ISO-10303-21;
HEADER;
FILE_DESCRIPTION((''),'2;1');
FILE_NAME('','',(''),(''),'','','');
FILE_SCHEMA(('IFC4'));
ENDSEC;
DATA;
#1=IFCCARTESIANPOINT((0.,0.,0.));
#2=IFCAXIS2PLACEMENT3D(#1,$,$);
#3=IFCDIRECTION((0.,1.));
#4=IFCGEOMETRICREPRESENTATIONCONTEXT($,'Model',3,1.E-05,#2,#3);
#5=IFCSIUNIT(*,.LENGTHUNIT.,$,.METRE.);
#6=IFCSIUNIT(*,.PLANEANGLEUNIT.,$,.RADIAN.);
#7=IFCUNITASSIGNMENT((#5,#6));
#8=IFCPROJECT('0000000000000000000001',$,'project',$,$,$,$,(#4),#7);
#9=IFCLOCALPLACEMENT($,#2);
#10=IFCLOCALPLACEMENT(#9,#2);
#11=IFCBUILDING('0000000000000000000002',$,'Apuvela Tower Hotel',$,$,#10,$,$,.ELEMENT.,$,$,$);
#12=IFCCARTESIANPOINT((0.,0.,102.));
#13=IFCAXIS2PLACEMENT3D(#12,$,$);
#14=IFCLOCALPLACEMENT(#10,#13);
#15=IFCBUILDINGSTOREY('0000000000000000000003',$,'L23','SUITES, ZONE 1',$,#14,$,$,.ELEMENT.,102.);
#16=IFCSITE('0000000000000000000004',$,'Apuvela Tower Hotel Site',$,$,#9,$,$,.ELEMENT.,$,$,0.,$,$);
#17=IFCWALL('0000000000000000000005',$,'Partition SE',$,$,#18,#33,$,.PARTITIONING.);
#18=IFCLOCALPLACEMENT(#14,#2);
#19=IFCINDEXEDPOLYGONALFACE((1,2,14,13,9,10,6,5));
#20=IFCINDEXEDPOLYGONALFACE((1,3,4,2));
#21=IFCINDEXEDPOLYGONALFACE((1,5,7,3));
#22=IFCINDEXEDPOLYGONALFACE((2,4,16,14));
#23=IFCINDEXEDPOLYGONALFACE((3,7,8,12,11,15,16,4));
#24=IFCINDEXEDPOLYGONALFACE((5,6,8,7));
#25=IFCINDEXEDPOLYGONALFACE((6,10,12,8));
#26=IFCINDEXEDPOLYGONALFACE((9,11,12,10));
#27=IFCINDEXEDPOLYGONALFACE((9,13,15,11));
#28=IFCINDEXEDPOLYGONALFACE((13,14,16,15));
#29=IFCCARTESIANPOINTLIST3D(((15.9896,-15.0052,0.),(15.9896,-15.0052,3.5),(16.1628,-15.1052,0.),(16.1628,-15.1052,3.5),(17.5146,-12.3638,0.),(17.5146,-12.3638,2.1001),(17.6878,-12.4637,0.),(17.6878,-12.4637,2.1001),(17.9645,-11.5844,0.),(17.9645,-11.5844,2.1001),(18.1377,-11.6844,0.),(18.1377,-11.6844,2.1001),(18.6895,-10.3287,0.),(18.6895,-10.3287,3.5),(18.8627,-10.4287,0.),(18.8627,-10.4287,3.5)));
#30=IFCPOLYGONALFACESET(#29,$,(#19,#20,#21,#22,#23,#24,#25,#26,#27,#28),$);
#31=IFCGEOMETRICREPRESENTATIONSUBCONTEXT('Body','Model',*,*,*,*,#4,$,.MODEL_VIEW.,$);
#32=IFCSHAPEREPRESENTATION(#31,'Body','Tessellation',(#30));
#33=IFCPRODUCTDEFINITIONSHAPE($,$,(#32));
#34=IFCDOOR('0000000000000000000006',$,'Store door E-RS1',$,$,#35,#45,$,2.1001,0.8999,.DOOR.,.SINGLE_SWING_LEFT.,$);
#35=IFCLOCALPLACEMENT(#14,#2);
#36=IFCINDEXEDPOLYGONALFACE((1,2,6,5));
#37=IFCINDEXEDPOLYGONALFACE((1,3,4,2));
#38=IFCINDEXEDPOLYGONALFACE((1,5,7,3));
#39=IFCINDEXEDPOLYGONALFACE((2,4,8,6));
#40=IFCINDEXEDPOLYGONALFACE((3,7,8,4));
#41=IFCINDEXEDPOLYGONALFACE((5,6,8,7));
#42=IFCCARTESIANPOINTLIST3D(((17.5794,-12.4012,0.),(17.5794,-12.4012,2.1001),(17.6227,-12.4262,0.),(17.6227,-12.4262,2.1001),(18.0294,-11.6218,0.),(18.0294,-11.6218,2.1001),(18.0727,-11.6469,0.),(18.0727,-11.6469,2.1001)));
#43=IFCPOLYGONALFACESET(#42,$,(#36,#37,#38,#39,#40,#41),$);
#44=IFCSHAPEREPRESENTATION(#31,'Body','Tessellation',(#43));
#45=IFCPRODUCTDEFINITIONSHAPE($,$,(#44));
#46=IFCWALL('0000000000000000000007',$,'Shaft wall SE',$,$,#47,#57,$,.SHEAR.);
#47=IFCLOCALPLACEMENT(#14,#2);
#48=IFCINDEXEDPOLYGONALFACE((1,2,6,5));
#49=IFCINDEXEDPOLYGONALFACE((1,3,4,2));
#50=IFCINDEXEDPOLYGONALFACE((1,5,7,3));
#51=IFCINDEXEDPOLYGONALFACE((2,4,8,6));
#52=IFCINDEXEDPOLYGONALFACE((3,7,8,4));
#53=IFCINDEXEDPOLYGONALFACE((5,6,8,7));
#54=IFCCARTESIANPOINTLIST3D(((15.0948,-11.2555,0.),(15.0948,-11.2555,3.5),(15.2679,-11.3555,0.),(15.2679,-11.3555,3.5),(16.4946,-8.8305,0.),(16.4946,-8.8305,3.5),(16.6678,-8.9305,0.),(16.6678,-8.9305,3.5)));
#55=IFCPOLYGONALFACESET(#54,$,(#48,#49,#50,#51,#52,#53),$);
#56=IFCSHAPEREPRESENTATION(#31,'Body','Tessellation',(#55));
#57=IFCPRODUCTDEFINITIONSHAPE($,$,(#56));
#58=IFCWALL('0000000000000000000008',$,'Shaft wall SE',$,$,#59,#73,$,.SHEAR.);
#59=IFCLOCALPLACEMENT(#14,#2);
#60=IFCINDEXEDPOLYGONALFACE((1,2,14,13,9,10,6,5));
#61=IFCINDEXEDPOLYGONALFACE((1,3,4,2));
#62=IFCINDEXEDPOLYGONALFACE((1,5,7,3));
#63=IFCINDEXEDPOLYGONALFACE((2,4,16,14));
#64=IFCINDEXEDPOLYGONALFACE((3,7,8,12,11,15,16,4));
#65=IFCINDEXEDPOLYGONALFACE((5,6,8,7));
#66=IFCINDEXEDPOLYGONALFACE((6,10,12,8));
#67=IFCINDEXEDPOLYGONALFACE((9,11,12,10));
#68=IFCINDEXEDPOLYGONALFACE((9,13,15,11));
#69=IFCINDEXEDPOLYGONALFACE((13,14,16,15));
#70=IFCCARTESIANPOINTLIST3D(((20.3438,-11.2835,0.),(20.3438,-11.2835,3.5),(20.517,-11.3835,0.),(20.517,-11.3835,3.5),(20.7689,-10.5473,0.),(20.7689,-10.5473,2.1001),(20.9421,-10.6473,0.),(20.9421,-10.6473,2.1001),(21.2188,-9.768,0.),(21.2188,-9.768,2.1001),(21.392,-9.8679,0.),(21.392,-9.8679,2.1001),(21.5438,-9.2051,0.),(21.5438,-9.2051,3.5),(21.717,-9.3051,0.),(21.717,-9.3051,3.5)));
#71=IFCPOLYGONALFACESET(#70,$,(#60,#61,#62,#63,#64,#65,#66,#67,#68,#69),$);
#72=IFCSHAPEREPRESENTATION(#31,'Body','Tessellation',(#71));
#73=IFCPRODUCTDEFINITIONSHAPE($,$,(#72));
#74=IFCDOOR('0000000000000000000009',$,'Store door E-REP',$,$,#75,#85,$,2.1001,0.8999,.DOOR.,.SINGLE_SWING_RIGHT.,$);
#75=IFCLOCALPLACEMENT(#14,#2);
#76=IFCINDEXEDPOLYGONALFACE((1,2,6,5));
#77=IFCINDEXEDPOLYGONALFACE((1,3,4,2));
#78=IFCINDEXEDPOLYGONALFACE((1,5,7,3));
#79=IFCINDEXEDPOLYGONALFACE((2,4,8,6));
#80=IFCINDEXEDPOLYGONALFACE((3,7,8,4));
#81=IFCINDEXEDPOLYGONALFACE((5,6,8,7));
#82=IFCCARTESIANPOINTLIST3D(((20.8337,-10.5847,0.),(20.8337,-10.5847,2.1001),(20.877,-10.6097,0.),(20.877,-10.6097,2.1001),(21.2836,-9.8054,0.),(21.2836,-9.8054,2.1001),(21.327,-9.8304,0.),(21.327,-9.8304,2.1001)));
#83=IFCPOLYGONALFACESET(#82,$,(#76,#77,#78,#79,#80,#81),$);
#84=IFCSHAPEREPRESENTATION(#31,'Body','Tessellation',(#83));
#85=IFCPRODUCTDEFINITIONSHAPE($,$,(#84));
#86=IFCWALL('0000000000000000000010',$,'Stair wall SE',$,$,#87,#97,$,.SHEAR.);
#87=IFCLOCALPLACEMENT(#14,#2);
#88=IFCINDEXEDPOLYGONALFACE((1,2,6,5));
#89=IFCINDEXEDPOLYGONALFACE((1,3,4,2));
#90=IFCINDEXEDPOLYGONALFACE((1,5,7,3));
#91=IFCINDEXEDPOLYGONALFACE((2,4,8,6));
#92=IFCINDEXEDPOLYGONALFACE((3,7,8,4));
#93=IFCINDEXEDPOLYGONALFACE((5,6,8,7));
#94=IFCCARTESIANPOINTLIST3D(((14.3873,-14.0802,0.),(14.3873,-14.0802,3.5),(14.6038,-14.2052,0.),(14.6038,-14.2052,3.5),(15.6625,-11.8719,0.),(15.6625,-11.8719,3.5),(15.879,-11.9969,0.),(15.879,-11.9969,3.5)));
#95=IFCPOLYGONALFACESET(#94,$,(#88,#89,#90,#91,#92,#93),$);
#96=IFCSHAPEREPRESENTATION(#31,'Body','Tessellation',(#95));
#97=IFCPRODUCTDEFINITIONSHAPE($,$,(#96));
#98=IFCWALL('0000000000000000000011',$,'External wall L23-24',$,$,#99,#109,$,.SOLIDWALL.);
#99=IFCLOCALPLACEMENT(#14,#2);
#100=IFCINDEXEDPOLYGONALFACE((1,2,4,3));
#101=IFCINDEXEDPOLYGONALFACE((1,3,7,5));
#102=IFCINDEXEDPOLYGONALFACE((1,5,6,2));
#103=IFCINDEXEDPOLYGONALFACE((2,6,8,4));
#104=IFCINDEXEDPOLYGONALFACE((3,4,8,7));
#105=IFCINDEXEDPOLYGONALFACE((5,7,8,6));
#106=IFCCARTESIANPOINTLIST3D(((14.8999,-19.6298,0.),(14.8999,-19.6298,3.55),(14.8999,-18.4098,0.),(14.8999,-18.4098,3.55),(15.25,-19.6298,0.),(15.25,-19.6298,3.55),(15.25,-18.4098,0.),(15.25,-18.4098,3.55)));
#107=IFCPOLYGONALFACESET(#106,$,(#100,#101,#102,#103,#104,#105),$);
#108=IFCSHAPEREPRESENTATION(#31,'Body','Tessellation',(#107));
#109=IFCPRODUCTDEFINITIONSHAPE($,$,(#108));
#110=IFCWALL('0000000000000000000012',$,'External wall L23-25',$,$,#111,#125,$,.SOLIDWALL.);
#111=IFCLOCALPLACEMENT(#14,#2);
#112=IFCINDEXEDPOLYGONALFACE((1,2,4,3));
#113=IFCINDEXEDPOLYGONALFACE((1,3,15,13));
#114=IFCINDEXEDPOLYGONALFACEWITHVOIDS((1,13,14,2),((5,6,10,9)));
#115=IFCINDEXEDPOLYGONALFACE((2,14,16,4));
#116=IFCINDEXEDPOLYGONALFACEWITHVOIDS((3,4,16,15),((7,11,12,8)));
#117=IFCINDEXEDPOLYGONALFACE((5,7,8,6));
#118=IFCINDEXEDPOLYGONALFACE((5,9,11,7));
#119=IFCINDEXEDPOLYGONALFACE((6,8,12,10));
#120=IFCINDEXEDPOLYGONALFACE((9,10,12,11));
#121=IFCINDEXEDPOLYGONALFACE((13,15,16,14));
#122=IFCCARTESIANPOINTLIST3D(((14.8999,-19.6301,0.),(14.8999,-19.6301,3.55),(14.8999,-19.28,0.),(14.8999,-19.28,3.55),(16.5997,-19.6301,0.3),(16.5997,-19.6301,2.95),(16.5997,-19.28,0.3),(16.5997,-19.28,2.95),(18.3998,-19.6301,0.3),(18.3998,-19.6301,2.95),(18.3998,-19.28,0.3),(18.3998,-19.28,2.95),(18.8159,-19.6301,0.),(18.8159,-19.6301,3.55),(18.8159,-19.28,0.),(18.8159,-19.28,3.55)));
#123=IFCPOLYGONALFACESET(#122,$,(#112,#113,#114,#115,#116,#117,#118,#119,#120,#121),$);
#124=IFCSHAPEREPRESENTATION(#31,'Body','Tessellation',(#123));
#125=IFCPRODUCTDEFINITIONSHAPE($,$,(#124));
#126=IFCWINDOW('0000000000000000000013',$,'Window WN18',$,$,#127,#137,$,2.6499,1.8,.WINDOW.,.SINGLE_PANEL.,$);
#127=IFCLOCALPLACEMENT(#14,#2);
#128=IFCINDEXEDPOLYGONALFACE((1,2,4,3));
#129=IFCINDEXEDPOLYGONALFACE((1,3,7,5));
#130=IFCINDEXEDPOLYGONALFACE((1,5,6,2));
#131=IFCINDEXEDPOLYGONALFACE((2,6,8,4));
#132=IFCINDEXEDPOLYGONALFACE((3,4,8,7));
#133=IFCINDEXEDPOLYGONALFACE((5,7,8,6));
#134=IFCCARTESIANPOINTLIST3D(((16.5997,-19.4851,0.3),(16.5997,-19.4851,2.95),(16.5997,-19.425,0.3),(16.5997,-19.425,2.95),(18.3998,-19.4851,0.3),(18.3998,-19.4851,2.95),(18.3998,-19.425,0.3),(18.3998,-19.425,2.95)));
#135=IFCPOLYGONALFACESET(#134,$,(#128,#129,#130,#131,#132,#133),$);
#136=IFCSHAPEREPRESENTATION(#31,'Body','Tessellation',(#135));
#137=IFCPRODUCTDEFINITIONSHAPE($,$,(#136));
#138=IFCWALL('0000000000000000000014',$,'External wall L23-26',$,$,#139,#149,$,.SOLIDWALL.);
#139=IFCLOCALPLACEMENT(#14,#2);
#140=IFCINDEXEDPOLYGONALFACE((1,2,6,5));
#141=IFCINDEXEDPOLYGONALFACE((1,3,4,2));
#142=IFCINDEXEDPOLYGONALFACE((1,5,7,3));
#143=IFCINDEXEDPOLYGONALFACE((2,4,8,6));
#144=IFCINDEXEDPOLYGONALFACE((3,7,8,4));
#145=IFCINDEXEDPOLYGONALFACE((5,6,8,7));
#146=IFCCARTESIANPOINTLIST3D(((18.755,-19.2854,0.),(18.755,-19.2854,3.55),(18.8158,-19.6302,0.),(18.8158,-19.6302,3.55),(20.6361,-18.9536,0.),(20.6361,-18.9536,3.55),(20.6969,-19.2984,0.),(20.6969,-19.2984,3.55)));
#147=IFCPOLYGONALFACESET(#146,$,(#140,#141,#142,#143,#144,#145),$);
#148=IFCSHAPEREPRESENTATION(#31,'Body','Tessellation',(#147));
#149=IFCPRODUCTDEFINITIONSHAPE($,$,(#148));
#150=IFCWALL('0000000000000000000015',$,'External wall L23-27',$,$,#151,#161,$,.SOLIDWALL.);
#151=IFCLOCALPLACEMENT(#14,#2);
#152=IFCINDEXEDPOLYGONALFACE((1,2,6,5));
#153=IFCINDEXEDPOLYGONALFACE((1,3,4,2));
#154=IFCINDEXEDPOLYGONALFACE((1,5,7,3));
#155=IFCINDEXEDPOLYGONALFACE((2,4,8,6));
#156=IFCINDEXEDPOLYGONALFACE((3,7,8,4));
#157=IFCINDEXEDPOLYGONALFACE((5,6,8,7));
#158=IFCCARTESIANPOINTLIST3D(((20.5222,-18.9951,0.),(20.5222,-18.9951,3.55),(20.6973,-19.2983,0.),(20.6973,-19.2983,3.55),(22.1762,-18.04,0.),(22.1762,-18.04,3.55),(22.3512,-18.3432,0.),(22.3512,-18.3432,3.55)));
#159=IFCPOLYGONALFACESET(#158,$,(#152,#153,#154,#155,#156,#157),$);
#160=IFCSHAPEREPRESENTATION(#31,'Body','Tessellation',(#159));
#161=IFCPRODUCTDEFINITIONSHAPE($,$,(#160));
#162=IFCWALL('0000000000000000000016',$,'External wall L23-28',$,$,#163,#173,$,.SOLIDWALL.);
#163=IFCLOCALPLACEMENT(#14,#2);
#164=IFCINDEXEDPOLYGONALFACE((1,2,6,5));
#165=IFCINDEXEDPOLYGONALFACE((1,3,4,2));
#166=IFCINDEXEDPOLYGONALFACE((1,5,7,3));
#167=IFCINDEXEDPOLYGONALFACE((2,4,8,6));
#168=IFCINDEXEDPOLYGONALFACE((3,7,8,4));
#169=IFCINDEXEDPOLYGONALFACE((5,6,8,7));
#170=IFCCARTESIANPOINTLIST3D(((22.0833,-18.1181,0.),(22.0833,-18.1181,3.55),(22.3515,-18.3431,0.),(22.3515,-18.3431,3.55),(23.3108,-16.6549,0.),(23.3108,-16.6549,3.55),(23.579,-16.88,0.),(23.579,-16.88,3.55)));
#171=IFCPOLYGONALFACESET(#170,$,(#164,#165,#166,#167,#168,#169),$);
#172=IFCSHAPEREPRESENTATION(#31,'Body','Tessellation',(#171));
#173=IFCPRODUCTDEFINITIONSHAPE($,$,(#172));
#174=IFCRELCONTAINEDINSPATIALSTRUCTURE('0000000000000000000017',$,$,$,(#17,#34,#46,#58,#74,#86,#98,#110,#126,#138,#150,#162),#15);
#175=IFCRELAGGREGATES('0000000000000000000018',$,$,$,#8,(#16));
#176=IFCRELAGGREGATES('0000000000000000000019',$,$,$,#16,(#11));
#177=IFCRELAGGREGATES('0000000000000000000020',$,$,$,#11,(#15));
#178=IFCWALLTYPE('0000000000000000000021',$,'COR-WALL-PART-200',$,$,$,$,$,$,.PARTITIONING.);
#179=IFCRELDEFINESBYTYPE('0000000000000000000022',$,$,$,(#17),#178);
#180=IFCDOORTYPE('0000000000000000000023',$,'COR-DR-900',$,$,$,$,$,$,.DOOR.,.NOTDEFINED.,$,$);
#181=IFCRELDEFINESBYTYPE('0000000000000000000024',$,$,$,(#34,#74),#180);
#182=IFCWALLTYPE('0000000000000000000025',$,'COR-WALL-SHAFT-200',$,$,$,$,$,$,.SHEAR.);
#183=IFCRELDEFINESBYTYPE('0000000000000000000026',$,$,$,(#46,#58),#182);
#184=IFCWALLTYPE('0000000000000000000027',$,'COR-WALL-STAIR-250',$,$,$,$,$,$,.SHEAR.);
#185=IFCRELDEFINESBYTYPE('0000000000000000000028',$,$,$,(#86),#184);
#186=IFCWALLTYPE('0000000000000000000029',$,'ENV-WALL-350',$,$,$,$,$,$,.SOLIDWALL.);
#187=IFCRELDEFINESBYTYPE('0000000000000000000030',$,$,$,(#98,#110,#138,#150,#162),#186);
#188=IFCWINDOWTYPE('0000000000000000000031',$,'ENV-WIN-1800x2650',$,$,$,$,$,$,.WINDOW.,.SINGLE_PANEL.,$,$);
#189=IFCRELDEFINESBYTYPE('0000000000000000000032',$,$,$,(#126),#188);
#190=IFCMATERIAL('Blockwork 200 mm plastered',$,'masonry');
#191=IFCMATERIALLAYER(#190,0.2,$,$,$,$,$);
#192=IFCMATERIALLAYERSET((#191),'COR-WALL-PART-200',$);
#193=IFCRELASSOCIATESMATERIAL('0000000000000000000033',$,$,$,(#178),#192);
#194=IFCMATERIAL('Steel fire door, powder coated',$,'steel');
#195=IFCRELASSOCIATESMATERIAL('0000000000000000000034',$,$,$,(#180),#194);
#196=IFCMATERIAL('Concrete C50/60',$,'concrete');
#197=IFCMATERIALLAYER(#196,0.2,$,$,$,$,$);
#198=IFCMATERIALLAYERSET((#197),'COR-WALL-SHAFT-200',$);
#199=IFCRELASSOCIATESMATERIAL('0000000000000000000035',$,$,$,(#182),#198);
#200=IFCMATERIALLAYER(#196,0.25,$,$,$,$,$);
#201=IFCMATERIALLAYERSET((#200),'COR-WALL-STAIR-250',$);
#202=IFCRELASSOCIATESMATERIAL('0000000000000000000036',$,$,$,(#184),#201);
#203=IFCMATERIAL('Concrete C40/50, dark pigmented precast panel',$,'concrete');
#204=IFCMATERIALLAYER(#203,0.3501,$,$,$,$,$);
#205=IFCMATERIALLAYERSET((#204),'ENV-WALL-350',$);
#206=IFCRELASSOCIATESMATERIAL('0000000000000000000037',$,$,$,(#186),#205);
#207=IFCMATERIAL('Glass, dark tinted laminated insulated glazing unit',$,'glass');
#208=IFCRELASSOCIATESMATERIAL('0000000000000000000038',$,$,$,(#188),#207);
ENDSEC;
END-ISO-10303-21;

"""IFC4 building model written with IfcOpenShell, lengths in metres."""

from ifc_helpers import new_model, si_unit, direction, frame, frame_2d, origin, place, context, subcontext, project, spatial, rectangle, extrude, material, layer, layer_set, type_object, element, fill, save


model = new_model("IFC4")

# Units and contexts
model_context = context("Model", 3, precision=1e-05, world=origin(), true_north=direction((0.0, 1.0)))
body_context = subcontext(model_context, "Body", "Model", "MODEL_VIEW")
ifc_project = project(units=[si_unit("LENGTHUNIT", "METRE"), si_unit("PLANEANGLEUNIT", "RADIAN")], contexts=[model_context])

# Site, building, storey
site_placement = place(None, origin())
site = spatial("IfcSite", under=ifc_project, at=site_placement, Name="Apuvela Tower Hotel Site", CompositionType="ELEMENT", RefElevation=0.0)
building_placement = place(site_placement, origin())
building = spatial("IfcBuilding", under=site, at=building_placement, Name="Apuvela Tower Hotel", CompositionType="ELEMENT")
storey_placement = place(building_placement, frame((0.0, 0.0, 102.0)))
storey = spatial("IfcBuildingStorey", under=building, at=storey_placement, Name="L23", Description="SUITES, ZONE 1", CompositionType="ELEMENT", Elevation=102.0)

# Wall, opening, door
ifc_material_1 = material(Name="Blockwork 200 mm plastered", Category="masonry")
ifc_layer_1 = layer(ifc_material_1, 0.2)
ifc_layer_set_1 = layer_set([ifc_layer_1], Name="COR-WALL-PART-200")
wall_type_1 = type_object("IfcWallType", Name="COR-WALL-PART-200", PredefinedType="PARTITIONING", material=ifc_layer_set_1)
wall_1_placement = place(storey_placement, frame((16.0762, -15.0552, 0.0), z_axis=(0.0, 0.0, 1.0), x_axis=(0.499995, 0.866028, 0.0)))
wall_1 = element("IfcWall", 1, at=wall_1_placement, inside=storey, type_object=wall_type_1, Name="Partition SE", PredefinedType="PARTITIONING", context=body_context, shape_type="SweptSolid", body=[
    extrude(rectangle(XDim=5.3999, YDim=0.2, at=frame_2d((2.7, 0.0))), origin(), (0.0, 0.0, 1.0), 3.5),
])
opening_1_placement = place(wall_1_placement, frame((3.05, 0.0, 0.0)))
opening_1 = element("IfcOpeningElement", 2, at=opening_1_placement, cuts=wall_1, PredefinedType="OPENING", context=body_context, shape_type="SweptSolid", body=[
    extrude(rectangle(XDim=0.8999, YDim=2.1001, at=frame_2d((0.45, 1.05))), frame((0.0, 0.1099, 0.0), z_axis=(0.0, -1.0, 0.0), x_axis=(1.0, 0.0, 0.0)), (0.0, 0.0, 1.0), 0.22),
])
ifc_material_2 = material(Name="Steel fire door, powder coated", Category="steel")
door_type_1 = type_object("IfcDoorType", Name="COR-DR-900", OperationType="NOTDEFINED", PredefinedType="DOOR", material=ifc_material_2)
door_1_placement = place(opening_1_placement, frame((0.8999, 0.0, 0.0), z_axis=(0.0, 0.0, 1.0), x_axis=(-1.0, 0.0, 0.0)))
door_1 = element("IfcDoor", 3, at=door_1_placement, inside=storey, type_object=door_type_1, Name="Store door E-RS1", OperationType="SINGLE_SWING_LEFT", OverallHeight=2.1001, OverallWidth=0.8999, PredefinedType="DOOR", context=body_context, shape_type="SweptSolid", body=[
    extrude(rectangle(XDim=0.8999, YDim=2.1001, at=frame_2d((0.45, 1.05))), frame((0.0, 0.0249, 0.0), z_axis=(0.0, -1.0, 0.0), x_axis=(1.0, 0.0, 0.0)), (0.0, 0.0, 1.0), 0.05),
])
fill(opening_1, door_1)

# Wall
ifc_material_3 = material(Name="Concrete C50/60", Category="concrete")
ifc_layer_2 = layer(ifc_material_3, 0.2)
ifc_layer_set_2 = layer_set([ifc_layer_2], Name="COR-WALL-SHAFT-200")
wall_type_2 = type_object("IfcWallType", Name="COR-WALL-SHAFT-200", PredefinedType="SHEAR", material=ifc_layer_set_2)
wall_2_placement = place(storey_placement, frame((15.1814, -11.3054, 0.0), z_axis=(0.0, 0.0, 1.0), x_axis=(0.499946, 0.866056, 0.0)))
element("IfcWall", 4, at=wall_2_placement, inside=storey, type_object=wall_type_2, Name="Shaft wall SE", PredefinedType="SHEAR", context=body_context, shape_type="SweptSolid", body=[
    extrude(rectangle(XDim=2.8, YDim=0.2, at=frame_2d((1.3999, 0.0))), origin(), (0.0, 0.0, 1.0), 3.5),
])

# Wall, opening, door
wall_3_placement = place(storey_placement, frame((20.4304, -11.3335, 0.0), z_axis=(0.0, 0.0, 1.0), x_axis=(0.500001, 0.866025, 0.0)))
wall_3 = element("IfcWall", 5, at=wall_3_placement, inside=storey, type_object=wall_type_2, Name="Shaft wall SE", PredefinedType="SHEAR", context=body_context, shape_type="SweptSolid", body=[
    extrude(rectangle(XDim=2.3999, YDim=0.2, at=frame_2d((1.2, 0.0))), origin(), (0.0, 0.0, 1.0), 3.5),
])
opening_2_placement = place(wall_3_placement, frame((0.8501, 0.0, 0.0)))
opening_2 = element("IfcOpeningElement", 6, at=opening_2_placement, cuts=wall_3, PredefinedType="OPENING", context=body_context, shape_type="SweptSolid", body=[
    extrude(rectangle(XDim=0.8999, YDim=2.1001, at=frame_2d((0.45, 1.05))), frame((0.0, 0.1099, 0.0), z_axis=(0.0, -1.0, 0.0), x_axis=(1.0, 0.0, 0.0)), (0.0, 0.0, 1.0), 0.22),
])
door_2_placement = place(opening_2_placement, frame((0.8999, 0.0, 0.0), z_axis=(0.0, 0.0, 1.0), x_axis=(-1.0, 0.0, 0.0)))
door_2 = element("IfcDoor", 7, at=door_2_placement, inside=storey, type_object=door_type_1, Name="Store door E-REP", OperationType="SINGLE_SWING_RIGHT", OverallHeight=2.1001, OverallWidth=0.8999, PredefinedType="DOOR", context=body_context, shape_type="SweptSolid", body=[
    extrude(rectangle(XDim=0.8999, YDim=2.1001, at=frame_2d((0.45, 1.05))), frame((0.0, 0.0249, 0.0), z_axis=(0.0, -1.0, 0.0), x_axis=(1.0, 0.0, 0.0)), (0.0, 0.0, 1.0), 0.05),
])
fill(opening_2, door_2)

# Walls
ifc_layer_3 = layer(ifc_material_3, 0.25)
ifc_layer_set_3 = layer_set([ifc_layer_3], Name="COR-WALL-STAIR-250")
wall_type_3 = type_object("IfcWallType", Name="COR-WALL-STAIR-250", PredefinedType="SHEAR", material=ifc_layer_set_3)
wall_4_placement = place(storey_placement, frame((14.4956, -14.1426, 0.0), z_axis=(0.0, 0.0, 1.0), x_axis=(0.500062, 0.865989, 0.0)))
element("IfcWall", 8, at=wall_4_placement, inside=storey, type_object=wall_type_3, Name="Stair wall SE", PredefinedType="SHEAR", context=body_context, shape_type="SweptSolid", body=[
    extrude(rectangle(XDim=2.55, YDim=0.25, at=frame_2d((1.2749, 0.0))), origin(), (0.0, 0.0, 1.0), 3.5),
])
ifc_material_4 = material(Name="Concrete C40/50, dark pigmented precast panel", Category="concrete")
ifc_layer_4 = layer(ifc_material_4, 0.3501)
ifc_layer_set_4 = layer_set([ifc_layer_4], Name="ENV-WALL-350")
wall_type_4 = type_object("IfcWallType", Name="ENV-WALL-350", PredefinedType="SOLIDWALL", material=ifc_layer_set_4)
wall_5_placement = place(storey_placement, frame((15.075, -18.4099, 0.0), z_axis=(0.0, 0.0, 1.0), x_axis=(0.0, -1.0, 0.0)))
element("IfcWall", 9, at=wall_5_placement, inside=storey, type_object=wall_type_4, Name="External wall L23-24", PredefinedType="SOLIDWALL", context=body_context, shape_type="SweptSolid", body=[
    extrude(rectangle(XDim=1.22, YDim=0.3501, at=frame_2d((0.6099, 0.0))), origin(), (0.0, 0.0, 1.0), 3.55),
])

# Wall, opening, window
wall_6_placement = place(storey_placement, frame((14.8999, -19.4551, 0.0), z_axis=(0.0, 0.0, 1.0), x_axis=(1.0, 0.0, 0.0)))
wall_6 = element("IfcWall", 10, at=wall_6_placement, inside=storey, type_object=wall_type_4, Name="External wall L23-25", PredefinedType="SOLIDWALL", context=body_context, shape_type="SweptSolid", body=[
    extrude(rectangle(XDim=3.916, YDim=0.3501, at=frame_2d((1.958, 0.0))), origin(), (0.0, 0.0, 1.0), 3.55),
])
opening_3_placement = place(wall_6_placement, frame((1.7, 0.0, 0.3)))
opening_3 = element("IfcOpeningElement", 11, at=opening_3_placement, cuts=wall_6, PredefinedType="OPENING", context=body_context, shape_type="SweptSolid", body=[
    extrude(rectangle(XDim=1.8, YDim=2.6499, at=frame_2d((0.8999, 1.325))), frame((0.0, 0.1851, 0.0), z_axis=(0.0, -1.0, 0.0), x_axis=(1.0, 0.0, 0.0)), (0.0, 0.0, 1.0), 0.3701),
])
ifc_material_5 = material(Name="Glass, dark tinted laminated insulated glazing unit", Category="glass")
window_type = type_object("IfcWindowType", Name="ENV-WIN-1800x2650", PartitioningType="SINGLE_PANEL", PredefinedType="WINDOW", material=ifc_material_5)
window_placement = place(opening_3_placement, origin())
window = element("IfcWindow", 12, at=window_placement, inside=storey, type_object=window_type, Name="Window WN18", OverallHeight=2.6499, OverallWidth=1.8, PartitioningType="SINGLE_PANEL", PredefinedType="WINDOW", context=body_context, shape_type="SweptSolid", body=[
    extrude(rectangle(XDim=1.8, YDim=2.6499, at=frame_2d((0.8999, 1.325))), frame((0.0, 0.03, 0.0), z_axis=(0.0, -1.0, 0.0), x_axis=(1.0, 0.0, 0.0)), (0.0, 0.0, 1.0), 0.0601),
])
fill(opening_3, window)

# Walls
wall_7_placement = place(storey_placement, frame((18.7854, -19.4578, 0.0), z_axis=(0.0, 0.0, 1.0), x_axis=(0.984799, 0.173698, 0.0)))
element("IfcWall", 13, at=wall_7_placement, inside=storey, type_object=wall_type_4, Name="External wall L23-26", PredefinedType="SOLIDWALL", context=body_context, shape_type="SweptSolid", body=[
    extrude(rectangle(XDim=1.9102, YDim=0.3501, at=frame_2d((0.9551, 0.0))), origin(), (0.0, 0.0, 1.0), 3.55),
])
for number, where, z_axis, x_axis, name in (
    (14, (20.6096, -19.1467, 0.0), (0.0, 0.0, 1.0), (0.866, 0.500043, 0.0), "External wall L23-27"),
    (15, (22.2173, -18.2307, 0.0), (0.0, 0.0, 1.0), (0.642733, 0.76609, 0.0), "External wall L23-28"),
):
    element("IfcWall", number, at=place(storey_placement, frame(where, z_axis=z_axis, x_axis=x_axis)), inside=storey, type_object=wall_type_4, Name=name, PredefinedType="SOLIDWALL", context=body_context, shape_type="SweptSolid", body=[
        extrude(rectangle(XDim=1.9099, YDim=0.3501, at=frame_2d((0.9551, 0.0))), origin(), (0.0, 0.0, 1.0), 3.55),
    ])

save(model, "model.ifc")
